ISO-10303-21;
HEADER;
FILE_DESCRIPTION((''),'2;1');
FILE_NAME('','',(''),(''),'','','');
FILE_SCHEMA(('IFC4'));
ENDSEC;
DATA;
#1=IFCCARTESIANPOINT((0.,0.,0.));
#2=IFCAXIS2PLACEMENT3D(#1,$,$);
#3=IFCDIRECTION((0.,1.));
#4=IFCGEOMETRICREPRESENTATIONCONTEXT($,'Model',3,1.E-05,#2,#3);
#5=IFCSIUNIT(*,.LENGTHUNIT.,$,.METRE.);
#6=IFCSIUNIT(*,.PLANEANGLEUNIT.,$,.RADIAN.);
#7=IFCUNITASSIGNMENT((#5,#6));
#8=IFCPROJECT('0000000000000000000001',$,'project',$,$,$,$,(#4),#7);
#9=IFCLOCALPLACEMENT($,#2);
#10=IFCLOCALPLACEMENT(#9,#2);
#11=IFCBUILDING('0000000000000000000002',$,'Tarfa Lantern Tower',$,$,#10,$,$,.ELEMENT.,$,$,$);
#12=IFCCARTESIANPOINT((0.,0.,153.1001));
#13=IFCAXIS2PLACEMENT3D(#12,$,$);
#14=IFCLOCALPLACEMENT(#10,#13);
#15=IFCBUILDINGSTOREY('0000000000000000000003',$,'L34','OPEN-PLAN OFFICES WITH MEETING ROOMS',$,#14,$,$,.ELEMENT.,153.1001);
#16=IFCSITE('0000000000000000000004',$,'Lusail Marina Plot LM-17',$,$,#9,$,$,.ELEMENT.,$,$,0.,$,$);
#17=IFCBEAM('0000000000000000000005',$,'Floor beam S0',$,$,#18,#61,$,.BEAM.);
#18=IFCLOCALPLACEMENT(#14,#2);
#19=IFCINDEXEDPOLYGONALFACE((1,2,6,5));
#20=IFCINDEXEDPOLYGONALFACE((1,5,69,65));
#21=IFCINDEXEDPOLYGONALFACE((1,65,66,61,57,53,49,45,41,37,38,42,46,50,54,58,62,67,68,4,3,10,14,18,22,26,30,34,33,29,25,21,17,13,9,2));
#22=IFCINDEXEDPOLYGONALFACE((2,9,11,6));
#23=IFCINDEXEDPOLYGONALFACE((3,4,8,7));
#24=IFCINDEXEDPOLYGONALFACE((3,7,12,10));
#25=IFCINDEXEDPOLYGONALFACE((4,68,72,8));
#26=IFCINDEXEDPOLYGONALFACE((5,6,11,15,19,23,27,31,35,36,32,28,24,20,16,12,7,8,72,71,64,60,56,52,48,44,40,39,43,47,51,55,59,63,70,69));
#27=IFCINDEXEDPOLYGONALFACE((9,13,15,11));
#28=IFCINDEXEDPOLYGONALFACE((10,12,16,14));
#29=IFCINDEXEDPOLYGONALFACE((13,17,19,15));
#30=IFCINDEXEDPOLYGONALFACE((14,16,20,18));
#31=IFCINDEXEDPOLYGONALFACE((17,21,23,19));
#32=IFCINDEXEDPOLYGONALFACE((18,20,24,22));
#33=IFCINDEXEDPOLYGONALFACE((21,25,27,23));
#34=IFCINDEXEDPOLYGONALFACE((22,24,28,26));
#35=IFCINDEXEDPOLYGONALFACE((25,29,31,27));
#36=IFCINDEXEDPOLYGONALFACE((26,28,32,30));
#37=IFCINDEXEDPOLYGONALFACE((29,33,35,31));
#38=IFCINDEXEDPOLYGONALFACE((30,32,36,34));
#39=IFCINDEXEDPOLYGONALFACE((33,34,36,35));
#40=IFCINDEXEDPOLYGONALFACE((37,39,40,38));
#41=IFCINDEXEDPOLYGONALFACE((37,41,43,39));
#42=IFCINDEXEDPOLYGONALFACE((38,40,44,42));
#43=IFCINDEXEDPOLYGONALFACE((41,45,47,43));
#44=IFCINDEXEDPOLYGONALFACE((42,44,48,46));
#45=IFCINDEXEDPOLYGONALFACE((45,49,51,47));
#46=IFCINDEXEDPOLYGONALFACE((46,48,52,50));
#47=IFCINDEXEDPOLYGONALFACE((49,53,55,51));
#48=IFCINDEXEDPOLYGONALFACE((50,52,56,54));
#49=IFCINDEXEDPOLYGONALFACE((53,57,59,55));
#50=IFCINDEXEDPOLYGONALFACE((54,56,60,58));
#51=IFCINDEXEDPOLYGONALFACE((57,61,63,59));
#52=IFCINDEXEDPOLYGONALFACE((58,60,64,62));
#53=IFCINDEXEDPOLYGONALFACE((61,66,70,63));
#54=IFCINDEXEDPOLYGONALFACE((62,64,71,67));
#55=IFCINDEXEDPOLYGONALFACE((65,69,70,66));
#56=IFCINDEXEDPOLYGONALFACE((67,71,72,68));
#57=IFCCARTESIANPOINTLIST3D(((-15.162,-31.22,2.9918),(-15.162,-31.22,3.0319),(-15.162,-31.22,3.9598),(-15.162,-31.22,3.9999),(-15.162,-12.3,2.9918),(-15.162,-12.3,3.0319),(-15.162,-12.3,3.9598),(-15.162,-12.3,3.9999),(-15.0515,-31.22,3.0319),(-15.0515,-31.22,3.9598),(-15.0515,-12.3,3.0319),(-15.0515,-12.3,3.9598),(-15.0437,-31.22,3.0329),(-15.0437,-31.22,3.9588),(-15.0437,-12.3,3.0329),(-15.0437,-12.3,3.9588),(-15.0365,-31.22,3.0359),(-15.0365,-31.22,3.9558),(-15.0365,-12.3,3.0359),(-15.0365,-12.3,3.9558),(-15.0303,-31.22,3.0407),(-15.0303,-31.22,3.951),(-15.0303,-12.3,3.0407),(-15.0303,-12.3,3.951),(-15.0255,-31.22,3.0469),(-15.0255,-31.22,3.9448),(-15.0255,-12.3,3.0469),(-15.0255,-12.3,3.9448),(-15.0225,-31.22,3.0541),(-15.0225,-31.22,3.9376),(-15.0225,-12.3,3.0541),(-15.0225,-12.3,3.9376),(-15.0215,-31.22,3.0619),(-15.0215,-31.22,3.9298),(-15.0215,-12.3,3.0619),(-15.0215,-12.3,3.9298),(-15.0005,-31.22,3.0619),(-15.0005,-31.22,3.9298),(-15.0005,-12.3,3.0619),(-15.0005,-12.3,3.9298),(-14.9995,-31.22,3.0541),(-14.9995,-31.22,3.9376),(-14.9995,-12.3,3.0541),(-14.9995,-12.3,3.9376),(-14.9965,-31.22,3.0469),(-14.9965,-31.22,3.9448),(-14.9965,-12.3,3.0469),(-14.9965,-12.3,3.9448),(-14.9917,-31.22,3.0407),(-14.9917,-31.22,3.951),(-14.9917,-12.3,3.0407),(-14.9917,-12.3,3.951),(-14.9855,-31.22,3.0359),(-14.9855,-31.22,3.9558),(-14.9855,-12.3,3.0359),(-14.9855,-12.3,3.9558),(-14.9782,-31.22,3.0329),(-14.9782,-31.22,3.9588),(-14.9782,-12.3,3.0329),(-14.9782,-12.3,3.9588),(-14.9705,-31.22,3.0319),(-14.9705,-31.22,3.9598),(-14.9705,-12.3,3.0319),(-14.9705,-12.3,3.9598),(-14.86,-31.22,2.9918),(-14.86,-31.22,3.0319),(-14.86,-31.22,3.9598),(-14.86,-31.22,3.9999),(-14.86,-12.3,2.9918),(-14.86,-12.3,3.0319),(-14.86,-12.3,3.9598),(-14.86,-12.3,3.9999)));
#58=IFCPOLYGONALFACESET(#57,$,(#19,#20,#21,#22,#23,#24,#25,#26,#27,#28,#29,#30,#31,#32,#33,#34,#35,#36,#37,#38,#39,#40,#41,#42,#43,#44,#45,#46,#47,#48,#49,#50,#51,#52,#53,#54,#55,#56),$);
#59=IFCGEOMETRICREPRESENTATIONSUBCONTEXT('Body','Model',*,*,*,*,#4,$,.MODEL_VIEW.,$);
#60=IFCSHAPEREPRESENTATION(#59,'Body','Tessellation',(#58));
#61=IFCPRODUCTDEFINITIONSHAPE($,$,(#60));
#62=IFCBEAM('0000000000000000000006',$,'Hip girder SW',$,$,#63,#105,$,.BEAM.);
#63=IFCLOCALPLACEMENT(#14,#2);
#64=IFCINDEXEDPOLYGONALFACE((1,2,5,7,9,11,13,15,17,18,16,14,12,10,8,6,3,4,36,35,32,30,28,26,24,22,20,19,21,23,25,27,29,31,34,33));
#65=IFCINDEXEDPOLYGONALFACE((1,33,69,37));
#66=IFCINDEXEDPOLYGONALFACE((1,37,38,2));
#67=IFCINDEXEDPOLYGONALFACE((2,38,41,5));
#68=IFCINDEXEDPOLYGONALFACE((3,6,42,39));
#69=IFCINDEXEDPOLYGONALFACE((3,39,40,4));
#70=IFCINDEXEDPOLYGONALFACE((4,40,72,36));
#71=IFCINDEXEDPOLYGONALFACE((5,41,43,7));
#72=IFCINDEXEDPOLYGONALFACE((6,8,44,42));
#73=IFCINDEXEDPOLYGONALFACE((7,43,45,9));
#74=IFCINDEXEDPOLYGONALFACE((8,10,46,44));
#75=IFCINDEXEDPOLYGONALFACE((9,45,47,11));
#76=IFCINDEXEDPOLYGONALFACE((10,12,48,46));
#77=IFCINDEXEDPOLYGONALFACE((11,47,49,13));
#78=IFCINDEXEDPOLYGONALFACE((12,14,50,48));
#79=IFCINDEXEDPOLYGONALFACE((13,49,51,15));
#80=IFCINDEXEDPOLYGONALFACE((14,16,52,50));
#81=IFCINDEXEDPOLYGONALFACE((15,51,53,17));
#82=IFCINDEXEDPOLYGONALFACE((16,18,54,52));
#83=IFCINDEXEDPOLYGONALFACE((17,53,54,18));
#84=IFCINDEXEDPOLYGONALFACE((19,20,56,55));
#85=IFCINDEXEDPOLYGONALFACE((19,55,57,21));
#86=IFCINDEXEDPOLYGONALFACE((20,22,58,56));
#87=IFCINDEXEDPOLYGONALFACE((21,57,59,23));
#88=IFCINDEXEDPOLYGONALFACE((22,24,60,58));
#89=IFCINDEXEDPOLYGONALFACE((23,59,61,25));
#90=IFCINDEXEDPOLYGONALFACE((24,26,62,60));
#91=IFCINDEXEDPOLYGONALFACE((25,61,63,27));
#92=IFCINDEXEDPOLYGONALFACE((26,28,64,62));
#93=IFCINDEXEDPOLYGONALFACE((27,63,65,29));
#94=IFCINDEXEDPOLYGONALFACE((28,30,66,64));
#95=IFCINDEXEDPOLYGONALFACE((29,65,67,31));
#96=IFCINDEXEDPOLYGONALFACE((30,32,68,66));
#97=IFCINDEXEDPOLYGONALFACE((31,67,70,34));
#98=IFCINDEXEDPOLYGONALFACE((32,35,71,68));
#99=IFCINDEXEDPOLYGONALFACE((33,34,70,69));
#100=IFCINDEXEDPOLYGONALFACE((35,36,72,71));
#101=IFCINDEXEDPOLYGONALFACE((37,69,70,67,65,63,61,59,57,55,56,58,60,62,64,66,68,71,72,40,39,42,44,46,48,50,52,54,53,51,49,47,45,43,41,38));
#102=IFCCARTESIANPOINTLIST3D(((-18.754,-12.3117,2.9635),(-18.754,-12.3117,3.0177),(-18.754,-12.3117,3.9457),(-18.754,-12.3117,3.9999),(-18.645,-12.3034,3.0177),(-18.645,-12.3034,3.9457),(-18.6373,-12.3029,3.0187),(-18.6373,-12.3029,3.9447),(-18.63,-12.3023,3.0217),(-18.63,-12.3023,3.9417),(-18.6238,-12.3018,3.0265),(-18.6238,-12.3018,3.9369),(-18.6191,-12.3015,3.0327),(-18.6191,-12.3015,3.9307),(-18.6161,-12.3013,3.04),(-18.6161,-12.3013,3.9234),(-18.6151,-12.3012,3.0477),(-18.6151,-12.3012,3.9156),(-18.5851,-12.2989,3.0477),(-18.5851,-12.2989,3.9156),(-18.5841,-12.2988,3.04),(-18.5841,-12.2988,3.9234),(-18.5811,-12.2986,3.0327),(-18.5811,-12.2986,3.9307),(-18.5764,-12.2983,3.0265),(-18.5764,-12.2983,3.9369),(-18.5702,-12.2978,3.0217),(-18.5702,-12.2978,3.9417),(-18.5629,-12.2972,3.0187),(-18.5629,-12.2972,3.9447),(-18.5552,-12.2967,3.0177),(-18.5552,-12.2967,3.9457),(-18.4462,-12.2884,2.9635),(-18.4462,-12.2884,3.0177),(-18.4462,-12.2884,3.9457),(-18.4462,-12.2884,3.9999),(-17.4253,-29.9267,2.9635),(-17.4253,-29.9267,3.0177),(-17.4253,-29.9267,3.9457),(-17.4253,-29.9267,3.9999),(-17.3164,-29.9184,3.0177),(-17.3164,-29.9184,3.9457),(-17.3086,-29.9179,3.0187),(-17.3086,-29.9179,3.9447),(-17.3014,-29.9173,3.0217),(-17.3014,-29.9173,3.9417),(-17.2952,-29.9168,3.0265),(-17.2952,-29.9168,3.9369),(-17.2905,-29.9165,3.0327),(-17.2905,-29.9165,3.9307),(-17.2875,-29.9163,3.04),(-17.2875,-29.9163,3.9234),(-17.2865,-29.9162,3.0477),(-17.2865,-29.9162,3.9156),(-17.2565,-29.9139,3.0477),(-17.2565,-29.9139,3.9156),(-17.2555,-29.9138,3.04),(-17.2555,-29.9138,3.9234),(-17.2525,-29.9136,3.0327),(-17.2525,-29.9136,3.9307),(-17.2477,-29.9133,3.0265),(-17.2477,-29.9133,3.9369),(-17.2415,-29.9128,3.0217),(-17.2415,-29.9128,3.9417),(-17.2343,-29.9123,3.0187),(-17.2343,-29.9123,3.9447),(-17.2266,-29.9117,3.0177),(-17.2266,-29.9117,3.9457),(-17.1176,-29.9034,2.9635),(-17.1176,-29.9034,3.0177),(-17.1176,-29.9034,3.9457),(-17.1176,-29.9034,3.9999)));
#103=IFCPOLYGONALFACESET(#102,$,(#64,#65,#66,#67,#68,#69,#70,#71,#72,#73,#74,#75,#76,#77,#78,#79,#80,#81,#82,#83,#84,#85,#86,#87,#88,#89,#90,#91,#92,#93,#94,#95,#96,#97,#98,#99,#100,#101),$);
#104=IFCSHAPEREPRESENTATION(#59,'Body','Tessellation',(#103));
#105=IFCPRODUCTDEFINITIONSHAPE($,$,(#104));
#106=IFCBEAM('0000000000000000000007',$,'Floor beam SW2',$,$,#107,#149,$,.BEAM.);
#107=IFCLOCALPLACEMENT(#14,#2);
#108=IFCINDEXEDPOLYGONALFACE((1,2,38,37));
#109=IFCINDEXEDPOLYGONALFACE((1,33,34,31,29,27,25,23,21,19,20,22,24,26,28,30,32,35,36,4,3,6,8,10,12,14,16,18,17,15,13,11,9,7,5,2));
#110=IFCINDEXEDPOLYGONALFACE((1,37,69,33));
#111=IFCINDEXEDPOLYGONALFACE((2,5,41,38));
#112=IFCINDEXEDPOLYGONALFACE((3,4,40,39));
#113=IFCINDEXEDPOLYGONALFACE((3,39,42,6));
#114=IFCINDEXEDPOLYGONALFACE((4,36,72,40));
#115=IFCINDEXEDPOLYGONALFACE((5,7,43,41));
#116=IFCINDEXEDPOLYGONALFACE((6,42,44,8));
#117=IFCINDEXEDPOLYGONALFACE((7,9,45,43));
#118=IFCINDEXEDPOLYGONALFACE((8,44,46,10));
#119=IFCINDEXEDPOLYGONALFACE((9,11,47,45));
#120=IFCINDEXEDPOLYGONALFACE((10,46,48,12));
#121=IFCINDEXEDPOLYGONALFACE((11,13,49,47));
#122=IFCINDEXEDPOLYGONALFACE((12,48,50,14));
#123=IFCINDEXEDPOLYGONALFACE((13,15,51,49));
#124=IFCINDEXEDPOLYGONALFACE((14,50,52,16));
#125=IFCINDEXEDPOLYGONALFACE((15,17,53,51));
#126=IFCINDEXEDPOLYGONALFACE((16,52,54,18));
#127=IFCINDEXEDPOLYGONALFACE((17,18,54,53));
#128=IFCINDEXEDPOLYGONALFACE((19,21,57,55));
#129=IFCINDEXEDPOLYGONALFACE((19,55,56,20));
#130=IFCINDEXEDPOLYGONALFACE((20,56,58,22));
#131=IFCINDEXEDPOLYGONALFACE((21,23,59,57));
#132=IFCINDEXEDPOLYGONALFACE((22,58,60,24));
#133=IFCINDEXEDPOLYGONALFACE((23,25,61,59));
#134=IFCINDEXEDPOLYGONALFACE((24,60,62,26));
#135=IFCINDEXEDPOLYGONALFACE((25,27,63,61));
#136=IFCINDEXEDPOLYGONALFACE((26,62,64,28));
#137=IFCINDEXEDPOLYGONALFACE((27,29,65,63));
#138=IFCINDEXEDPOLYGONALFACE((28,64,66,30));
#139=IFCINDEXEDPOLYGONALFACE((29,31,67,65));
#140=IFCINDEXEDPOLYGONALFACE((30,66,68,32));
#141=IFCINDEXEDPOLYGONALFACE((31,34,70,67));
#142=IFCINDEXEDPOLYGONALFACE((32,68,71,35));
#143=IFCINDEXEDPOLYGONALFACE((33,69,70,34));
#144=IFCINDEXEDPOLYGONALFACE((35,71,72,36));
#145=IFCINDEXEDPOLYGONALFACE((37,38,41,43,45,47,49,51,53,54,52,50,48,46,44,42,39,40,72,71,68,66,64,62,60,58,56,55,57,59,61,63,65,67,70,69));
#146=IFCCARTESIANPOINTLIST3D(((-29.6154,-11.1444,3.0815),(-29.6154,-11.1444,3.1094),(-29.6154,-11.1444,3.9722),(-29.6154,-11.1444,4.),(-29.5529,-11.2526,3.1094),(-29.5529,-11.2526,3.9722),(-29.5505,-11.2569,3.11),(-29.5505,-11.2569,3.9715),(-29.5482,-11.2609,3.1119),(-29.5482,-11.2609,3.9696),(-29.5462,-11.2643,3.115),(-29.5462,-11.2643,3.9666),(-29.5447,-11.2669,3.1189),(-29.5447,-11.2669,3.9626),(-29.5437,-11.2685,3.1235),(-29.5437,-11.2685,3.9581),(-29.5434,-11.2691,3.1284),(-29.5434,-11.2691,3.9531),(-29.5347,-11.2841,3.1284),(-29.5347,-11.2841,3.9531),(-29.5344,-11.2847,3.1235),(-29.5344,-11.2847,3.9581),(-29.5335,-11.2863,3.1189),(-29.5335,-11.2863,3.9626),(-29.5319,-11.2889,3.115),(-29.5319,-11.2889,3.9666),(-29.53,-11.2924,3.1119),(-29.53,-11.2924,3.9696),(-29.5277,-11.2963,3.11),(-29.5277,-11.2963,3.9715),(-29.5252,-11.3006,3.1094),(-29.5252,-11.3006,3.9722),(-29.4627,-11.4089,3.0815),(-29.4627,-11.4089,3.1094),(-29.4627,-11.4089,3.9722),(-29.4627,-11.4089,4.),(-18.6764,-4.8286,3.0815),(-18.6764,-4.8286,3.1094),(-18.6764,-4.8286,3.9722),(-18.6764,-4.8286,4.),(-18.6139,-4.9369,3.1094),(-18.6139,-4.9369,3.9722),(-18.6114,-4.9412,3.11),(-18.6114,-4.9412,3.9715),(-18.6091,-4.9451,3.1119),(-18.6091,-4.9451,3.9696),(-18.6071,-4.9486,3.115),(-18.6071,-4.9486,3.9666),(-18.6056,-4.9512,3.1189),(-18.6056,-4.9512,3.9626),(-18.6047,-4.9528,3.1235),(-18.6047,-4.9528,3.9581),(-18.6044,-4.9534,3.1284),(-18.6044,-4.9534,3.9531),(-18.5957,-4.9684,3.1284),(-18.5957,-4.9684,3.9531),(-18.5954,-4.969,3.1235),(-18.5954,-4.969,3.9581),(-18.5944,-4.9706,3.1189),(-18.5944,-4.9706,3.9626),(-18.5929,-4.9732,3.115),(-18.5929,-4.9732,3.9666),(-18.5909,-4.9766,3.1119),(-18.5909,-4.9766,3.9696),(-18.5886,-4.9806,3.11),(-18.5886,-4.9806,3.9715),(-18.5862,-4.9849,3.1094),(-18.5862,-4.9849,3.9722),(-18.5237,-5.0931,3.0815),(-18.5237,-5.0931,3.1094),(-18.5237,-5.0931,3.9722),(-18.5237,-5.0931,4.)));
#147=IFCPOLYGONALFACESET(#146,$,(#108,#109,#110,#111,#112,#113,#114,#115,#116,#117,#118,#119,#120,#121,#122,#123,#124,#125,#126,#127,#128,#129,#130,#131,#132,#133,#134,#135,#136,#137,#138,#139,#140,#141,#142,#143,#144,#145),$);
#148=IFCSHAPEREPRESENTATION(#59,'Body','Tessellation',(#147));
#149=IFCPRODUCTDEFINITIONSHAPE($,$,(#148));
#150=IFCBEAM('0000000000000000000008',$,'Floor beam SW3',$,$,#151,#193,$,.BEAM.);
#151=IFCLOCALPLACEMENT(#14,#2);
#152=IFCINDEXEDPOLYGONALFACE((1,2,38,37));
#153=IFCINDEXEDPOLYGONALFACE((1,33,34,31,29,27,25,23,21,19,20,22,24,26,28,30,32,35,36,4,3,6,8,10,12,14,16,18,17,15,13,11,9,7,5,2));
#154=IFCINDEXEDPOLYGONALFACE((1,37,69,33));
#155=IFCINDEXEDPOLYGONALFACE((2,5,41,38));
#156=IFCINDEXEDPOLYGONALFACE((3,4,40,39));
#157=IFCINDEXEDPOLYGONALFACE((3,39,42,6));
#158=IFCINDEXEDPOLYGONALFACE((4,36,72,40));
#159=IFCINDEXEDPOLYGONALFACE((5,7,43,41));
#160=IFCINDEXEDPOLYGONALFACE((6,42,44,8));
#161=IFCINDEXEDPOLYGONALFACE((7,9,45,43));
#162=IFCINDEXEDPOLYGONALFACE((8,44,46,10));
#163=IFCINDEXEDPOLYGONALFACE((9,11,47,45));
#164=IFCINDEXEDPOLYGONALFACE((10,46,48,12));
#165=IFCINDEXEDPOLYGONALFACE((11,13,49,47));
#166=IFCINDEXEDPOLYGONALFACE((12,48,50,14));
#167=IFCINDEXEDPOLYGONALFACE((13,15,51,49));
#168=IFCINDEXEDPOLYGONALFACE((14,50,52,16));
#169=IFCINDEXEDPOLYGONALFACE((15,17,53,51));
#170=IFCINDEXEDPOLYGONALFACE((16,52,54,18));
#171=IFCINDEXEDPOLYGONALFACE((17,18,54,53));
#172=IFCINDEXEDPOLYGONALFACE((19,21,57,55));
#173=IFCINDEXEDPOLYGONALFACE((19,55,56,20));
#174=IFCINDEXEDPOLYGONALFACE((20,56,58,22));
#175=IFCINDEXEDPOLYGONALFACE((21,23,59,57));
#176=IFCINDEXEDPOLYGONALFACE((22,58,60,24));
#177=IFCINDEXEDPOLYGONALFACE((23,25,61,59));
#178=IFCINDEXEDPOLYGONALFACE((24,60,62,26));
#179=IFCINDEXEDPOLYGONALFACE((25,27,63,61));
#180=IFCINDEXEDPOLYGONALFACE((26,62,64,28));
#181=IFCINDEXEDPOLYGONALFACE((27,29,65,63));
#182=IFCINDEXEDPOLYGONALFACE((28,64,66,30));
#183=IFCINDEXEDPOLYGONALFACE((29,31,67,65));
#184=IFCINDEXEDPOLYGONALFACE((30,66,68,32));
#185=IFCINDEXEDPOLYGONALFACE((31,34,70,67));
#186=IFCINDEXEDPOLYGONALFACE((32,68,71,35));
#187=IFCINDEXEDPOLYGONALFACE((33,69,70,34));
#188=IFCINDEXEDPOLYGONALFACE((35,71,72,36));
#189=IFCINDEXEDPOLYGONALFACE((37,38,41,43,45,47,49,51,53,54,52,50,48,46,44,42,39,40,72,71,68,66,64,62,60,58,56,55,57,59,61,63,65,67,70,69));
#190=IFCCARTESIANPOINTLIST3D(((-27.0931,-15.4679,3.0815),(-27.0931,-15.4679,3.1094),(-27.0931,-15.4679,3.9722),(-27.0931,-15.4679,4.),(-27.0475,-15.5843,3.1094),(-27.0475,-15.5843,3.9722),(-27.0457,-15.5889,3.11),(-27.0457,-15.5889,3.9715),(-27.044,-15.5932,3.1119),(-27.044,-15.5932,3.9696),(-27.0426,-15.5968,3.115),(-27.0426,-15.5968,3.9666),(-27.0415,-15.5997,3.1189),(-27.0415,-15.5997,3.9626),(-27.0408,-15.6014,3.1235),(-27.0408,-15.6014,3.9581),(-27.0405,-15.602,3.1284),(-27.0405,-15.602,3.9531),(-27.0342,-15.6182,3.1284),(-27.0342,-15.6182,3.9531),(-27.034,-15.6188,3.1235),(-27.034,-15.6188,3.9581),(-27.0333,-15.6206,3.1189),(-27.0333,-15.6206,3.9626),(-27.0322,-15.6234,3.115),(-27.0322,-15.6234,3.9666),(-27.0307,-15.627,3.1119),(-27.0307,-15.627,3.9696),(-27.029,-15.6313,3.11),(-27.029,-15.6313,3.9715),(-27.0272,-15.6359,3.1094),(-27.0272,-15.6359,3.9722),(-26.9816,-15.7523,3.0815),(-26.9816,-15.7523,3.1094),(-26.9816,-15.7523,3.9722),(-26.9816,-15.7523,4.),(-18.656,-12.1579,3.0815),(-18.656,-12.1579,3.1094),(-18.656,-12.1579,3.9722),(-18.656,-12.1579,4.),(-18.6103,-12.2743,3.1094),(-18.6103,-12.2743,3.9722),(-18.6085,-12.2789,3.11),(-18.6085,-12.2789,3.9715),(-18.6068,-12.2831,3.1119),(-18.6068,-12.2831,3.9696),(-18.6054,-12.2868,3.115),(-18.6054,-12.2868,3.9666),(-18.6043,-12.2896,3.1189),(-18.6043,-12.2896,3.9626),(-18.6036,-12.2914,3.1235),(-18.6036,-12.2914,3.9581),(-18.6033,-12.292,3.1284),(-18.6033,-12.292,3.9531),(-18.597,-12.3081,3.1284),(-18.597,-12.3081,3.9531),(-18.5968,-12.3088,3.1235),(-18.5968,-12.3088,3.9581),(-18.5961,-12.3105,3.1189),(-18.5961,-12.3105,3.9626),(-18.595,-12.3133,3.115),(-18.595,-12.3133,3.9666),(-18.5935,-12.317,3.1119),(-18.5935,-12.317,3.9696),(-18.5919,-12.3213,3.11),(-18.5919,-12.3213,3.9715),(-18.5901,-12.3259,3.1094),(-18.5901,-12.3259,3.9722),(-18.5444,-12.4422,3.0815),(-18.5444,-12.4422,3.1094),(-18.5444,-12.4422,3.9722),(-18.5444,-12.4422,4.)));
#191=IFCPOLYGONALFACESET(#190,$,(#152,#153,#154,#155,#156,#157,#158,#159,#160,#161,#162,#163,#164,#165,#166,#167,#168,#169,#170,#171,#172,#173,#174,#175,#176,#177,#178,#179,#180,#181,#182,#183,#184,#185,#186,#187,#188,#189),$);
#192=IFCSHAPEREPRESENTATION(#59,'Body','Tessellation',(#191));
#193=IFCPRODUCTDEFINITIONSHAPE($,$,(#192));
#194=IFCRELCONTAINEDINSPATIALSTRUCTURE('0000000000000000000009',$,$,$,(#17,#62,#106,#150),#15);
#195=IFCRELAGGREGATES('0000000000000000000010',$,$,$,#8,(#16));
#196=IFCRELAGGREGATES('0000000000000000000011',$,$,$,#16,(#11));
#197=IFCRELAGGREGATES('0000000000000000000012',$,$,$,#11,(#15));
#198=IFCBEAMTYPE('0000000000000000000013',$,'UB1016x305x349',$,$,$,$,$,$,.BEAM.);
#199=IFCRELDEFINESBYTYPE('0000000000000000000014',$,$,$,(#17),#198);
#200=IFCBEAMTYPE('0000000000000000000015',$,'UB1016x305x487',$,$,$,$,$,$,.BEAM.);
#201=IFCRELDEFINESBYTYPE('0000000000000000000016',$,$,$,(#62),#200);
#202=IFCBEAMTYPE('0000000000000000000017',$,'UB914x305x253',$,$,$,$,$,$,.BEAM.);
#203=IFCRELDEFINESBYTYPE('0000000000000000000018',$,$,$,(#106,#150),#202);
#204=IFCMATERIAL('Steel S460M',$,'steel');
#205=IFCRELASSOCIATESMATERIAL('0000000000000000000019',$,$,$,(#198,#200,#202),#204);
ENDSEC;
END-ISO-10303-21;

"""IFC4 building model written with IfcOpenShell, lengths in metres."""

from ifc_helpers import new_model, si_unit, direction, frame, origin, origin_2d, place, context, subcontext, project, spatial, i_section, extrude, material, material_profile, profile_set, type_object, element, save


model = new_model("IFC4")

# Units and contexts
model_context = context("Model", 3, precision=1e-05, world=origin(), true_north=direction((0.0, 1.0)))
body_context = subcontext(model_context, "Body", "Model", "MODEL_VIEW")
ifc_project = project(units=[si_unit("LENGTHUNIT", "METRE"), si_unit("PLANEANGLEUNIT", "RADIAN")], contexts=[model_context])

# Site, building, storey
site_placement = place(None, origin())
site = spatial("IfcSite", under=ifc_project, at=site_placement, Name="Lusail Marina Plot LM-17", CompositionType="ELEMENT", RefElevation=0.0)
building_placement = place(site_placement, origin())
building = spatial("IfcBuilding", under=site, at=building_placement, Name="Tarfa Lantern Tower", CompositionType="ELEMENT")
storey_placement = place(building_placement, frame((0.0, 0.0, 153.1001)))
storey = spatial("IfcBuildingStorey", under=building, at=storey_placement, Name="L34", Description="OPEN-PLAN OFFICES WITH MEETING ROOMS", CompositionType="ELEMENT", Elevation=153.1001)

# Beams
ifc_material_1 = material(Name="Steel S460M", Category="steel")
ifc_material_profile_1 = material_profile(ifc_material_1, i_section(OverallWidth=0.302, OverallDepth=1.0081, WebThickness=0.021, FlangeThickness=0.04, FilletRadius=0.03, at=origin_2d()), Name="UB1016x305x349")
ifc_profile_set_1 = profile_set([ifc_material_profile_1], Name="Steel S460M")
beam_type_1 = type_object("IfcBeamType", Name="UB1016x305x349", PredefinedType="BEAM", material=ifc_profile_set_1)
beam_1_placement = place(storey_placement, frame((-15.011, -31.22, 3.4958), z_axis=(0.0, 1.0, 0.0), x_axis=(-1.0, 0.0, 0.0)))
element("IfcBeam", 1, at=beam_1_placement, inside=storey, type_object=beam_type_1, Name="Floor beam S0", PredefinedType="BEAM", context=body_context, shape_type="SweptSolid", body=[
    extrude(i_section(OverallWidth=0.302, OverallDepth=1.0081, WebThickness=0.021, FlangeThickness=0.04, FilletRadius=0.03, at=origin_2d()), origin(), (0.0, 0.0, 1.0), 18.9199),
])
ifc_material_profile_2 = material_profile(ifc_material_1, i_section(OverallWidth=0.3086, OverallDepth=1.0364, WebThickness=0.03, FlangeThickness=0.0542, FilletRadius=0.03, at=origin_2d()), Name="UB1016x305x487")
ifc_profile_set_2 = profile_set([ifc_material_profile_2], Name="Steel S460M")
beam_type_2 = type_object("IfcBeamType", Name="UB1016x305x487", PredefinedType="BEAM", material=ifc_profile_set_2)
beam_2_placement = place(storey_placement, frame((-18.6001, -12.3, 3.4817), z_axis=(0.075212, -0.997168, 0.0), x_axis=(0.997168, 0.075212, 0.0)))
element("IfcBeam", 2, at=beam_2_placement, inside=storey, type_object=beam_type_2, Name="Hip girder SW", PredefinedType="BEAM", context=body_context, shape_type="SweptSolid", body=[
    extrude(i_section(OverallWidth=0.3086, OverallDepth=1.0364, WebThickness=0.03, FlangeThickness=0.0542, FilletRadius=0.03, at=origin_2d()), origin(), (0.0, 0.0, 1.0), 17.665),
])
ifc_material_profile_3 = material_profile(ifc_material_1, i_section(OverallWidth=0.3054, OverallDepth=0.9185, WebThickness=0.0173, FlangeThickness=0.0278, FilletRadius=0.019, at=origin_2d()), Name="UB914x305x253")
ifc_profile_set_3 = profile_set([ifc_material_profile_3], Name="Steel S460M")
beam_type_3 = type_object("IfcBeamType", Name="UB914x305x253", PredefinedType="BEAM", material=ifc_profile_set_3)
beam_3_placement = place(storey_placement, frame((-29.5391, -11.2766, 3.5408), z_axis=(0.866023, 0.500004, 0.0), x_axis=(-0.500004, 0.866023, 0.0)))
element("IfcBeam", 3, at=beam_3_placement, inside=storey, type_object=beam_type_3, Name="Floor beam SW2", PredefinedType="BEAM", context=body_context, shape_type="SweptSolid", body=[
    extrude(i_section(OverallWidth=0.3054, OverallDepth=0.9185, WebThickness=0.0173, FlangeThickness=0.0278, FilletRadius=0.019, at=origin_2d()), origin(), (0.0, 0.0, 1.0), 12.6313),
])
beam_4_placement = place(storey_placement, frame((-27.0374, -15.6101, 3.5408), z_axis=(0.930923, 0.365215, 0.0), x_axis=(-0.365215, 0.930923, 0.0)))
element("IfcBeam", 4, at=beam_4_placement, inside=storey, type_object=beam_type_3, Name="Floor beam SW3", PredefinedType="BEAM", context=body_context, shape_type="SweptSolid", body=[
    extrude(i_section(OverallWidth=0.3054, OverallDepth=0.9185, WebThickness=0.0173, FlangeThickness=0.0278, FilletRadius=0.019, at=origin_2d()), origin(), (0.0, 0.0, 1.0), 9.0632),
])

save(model, "model.ifc")
